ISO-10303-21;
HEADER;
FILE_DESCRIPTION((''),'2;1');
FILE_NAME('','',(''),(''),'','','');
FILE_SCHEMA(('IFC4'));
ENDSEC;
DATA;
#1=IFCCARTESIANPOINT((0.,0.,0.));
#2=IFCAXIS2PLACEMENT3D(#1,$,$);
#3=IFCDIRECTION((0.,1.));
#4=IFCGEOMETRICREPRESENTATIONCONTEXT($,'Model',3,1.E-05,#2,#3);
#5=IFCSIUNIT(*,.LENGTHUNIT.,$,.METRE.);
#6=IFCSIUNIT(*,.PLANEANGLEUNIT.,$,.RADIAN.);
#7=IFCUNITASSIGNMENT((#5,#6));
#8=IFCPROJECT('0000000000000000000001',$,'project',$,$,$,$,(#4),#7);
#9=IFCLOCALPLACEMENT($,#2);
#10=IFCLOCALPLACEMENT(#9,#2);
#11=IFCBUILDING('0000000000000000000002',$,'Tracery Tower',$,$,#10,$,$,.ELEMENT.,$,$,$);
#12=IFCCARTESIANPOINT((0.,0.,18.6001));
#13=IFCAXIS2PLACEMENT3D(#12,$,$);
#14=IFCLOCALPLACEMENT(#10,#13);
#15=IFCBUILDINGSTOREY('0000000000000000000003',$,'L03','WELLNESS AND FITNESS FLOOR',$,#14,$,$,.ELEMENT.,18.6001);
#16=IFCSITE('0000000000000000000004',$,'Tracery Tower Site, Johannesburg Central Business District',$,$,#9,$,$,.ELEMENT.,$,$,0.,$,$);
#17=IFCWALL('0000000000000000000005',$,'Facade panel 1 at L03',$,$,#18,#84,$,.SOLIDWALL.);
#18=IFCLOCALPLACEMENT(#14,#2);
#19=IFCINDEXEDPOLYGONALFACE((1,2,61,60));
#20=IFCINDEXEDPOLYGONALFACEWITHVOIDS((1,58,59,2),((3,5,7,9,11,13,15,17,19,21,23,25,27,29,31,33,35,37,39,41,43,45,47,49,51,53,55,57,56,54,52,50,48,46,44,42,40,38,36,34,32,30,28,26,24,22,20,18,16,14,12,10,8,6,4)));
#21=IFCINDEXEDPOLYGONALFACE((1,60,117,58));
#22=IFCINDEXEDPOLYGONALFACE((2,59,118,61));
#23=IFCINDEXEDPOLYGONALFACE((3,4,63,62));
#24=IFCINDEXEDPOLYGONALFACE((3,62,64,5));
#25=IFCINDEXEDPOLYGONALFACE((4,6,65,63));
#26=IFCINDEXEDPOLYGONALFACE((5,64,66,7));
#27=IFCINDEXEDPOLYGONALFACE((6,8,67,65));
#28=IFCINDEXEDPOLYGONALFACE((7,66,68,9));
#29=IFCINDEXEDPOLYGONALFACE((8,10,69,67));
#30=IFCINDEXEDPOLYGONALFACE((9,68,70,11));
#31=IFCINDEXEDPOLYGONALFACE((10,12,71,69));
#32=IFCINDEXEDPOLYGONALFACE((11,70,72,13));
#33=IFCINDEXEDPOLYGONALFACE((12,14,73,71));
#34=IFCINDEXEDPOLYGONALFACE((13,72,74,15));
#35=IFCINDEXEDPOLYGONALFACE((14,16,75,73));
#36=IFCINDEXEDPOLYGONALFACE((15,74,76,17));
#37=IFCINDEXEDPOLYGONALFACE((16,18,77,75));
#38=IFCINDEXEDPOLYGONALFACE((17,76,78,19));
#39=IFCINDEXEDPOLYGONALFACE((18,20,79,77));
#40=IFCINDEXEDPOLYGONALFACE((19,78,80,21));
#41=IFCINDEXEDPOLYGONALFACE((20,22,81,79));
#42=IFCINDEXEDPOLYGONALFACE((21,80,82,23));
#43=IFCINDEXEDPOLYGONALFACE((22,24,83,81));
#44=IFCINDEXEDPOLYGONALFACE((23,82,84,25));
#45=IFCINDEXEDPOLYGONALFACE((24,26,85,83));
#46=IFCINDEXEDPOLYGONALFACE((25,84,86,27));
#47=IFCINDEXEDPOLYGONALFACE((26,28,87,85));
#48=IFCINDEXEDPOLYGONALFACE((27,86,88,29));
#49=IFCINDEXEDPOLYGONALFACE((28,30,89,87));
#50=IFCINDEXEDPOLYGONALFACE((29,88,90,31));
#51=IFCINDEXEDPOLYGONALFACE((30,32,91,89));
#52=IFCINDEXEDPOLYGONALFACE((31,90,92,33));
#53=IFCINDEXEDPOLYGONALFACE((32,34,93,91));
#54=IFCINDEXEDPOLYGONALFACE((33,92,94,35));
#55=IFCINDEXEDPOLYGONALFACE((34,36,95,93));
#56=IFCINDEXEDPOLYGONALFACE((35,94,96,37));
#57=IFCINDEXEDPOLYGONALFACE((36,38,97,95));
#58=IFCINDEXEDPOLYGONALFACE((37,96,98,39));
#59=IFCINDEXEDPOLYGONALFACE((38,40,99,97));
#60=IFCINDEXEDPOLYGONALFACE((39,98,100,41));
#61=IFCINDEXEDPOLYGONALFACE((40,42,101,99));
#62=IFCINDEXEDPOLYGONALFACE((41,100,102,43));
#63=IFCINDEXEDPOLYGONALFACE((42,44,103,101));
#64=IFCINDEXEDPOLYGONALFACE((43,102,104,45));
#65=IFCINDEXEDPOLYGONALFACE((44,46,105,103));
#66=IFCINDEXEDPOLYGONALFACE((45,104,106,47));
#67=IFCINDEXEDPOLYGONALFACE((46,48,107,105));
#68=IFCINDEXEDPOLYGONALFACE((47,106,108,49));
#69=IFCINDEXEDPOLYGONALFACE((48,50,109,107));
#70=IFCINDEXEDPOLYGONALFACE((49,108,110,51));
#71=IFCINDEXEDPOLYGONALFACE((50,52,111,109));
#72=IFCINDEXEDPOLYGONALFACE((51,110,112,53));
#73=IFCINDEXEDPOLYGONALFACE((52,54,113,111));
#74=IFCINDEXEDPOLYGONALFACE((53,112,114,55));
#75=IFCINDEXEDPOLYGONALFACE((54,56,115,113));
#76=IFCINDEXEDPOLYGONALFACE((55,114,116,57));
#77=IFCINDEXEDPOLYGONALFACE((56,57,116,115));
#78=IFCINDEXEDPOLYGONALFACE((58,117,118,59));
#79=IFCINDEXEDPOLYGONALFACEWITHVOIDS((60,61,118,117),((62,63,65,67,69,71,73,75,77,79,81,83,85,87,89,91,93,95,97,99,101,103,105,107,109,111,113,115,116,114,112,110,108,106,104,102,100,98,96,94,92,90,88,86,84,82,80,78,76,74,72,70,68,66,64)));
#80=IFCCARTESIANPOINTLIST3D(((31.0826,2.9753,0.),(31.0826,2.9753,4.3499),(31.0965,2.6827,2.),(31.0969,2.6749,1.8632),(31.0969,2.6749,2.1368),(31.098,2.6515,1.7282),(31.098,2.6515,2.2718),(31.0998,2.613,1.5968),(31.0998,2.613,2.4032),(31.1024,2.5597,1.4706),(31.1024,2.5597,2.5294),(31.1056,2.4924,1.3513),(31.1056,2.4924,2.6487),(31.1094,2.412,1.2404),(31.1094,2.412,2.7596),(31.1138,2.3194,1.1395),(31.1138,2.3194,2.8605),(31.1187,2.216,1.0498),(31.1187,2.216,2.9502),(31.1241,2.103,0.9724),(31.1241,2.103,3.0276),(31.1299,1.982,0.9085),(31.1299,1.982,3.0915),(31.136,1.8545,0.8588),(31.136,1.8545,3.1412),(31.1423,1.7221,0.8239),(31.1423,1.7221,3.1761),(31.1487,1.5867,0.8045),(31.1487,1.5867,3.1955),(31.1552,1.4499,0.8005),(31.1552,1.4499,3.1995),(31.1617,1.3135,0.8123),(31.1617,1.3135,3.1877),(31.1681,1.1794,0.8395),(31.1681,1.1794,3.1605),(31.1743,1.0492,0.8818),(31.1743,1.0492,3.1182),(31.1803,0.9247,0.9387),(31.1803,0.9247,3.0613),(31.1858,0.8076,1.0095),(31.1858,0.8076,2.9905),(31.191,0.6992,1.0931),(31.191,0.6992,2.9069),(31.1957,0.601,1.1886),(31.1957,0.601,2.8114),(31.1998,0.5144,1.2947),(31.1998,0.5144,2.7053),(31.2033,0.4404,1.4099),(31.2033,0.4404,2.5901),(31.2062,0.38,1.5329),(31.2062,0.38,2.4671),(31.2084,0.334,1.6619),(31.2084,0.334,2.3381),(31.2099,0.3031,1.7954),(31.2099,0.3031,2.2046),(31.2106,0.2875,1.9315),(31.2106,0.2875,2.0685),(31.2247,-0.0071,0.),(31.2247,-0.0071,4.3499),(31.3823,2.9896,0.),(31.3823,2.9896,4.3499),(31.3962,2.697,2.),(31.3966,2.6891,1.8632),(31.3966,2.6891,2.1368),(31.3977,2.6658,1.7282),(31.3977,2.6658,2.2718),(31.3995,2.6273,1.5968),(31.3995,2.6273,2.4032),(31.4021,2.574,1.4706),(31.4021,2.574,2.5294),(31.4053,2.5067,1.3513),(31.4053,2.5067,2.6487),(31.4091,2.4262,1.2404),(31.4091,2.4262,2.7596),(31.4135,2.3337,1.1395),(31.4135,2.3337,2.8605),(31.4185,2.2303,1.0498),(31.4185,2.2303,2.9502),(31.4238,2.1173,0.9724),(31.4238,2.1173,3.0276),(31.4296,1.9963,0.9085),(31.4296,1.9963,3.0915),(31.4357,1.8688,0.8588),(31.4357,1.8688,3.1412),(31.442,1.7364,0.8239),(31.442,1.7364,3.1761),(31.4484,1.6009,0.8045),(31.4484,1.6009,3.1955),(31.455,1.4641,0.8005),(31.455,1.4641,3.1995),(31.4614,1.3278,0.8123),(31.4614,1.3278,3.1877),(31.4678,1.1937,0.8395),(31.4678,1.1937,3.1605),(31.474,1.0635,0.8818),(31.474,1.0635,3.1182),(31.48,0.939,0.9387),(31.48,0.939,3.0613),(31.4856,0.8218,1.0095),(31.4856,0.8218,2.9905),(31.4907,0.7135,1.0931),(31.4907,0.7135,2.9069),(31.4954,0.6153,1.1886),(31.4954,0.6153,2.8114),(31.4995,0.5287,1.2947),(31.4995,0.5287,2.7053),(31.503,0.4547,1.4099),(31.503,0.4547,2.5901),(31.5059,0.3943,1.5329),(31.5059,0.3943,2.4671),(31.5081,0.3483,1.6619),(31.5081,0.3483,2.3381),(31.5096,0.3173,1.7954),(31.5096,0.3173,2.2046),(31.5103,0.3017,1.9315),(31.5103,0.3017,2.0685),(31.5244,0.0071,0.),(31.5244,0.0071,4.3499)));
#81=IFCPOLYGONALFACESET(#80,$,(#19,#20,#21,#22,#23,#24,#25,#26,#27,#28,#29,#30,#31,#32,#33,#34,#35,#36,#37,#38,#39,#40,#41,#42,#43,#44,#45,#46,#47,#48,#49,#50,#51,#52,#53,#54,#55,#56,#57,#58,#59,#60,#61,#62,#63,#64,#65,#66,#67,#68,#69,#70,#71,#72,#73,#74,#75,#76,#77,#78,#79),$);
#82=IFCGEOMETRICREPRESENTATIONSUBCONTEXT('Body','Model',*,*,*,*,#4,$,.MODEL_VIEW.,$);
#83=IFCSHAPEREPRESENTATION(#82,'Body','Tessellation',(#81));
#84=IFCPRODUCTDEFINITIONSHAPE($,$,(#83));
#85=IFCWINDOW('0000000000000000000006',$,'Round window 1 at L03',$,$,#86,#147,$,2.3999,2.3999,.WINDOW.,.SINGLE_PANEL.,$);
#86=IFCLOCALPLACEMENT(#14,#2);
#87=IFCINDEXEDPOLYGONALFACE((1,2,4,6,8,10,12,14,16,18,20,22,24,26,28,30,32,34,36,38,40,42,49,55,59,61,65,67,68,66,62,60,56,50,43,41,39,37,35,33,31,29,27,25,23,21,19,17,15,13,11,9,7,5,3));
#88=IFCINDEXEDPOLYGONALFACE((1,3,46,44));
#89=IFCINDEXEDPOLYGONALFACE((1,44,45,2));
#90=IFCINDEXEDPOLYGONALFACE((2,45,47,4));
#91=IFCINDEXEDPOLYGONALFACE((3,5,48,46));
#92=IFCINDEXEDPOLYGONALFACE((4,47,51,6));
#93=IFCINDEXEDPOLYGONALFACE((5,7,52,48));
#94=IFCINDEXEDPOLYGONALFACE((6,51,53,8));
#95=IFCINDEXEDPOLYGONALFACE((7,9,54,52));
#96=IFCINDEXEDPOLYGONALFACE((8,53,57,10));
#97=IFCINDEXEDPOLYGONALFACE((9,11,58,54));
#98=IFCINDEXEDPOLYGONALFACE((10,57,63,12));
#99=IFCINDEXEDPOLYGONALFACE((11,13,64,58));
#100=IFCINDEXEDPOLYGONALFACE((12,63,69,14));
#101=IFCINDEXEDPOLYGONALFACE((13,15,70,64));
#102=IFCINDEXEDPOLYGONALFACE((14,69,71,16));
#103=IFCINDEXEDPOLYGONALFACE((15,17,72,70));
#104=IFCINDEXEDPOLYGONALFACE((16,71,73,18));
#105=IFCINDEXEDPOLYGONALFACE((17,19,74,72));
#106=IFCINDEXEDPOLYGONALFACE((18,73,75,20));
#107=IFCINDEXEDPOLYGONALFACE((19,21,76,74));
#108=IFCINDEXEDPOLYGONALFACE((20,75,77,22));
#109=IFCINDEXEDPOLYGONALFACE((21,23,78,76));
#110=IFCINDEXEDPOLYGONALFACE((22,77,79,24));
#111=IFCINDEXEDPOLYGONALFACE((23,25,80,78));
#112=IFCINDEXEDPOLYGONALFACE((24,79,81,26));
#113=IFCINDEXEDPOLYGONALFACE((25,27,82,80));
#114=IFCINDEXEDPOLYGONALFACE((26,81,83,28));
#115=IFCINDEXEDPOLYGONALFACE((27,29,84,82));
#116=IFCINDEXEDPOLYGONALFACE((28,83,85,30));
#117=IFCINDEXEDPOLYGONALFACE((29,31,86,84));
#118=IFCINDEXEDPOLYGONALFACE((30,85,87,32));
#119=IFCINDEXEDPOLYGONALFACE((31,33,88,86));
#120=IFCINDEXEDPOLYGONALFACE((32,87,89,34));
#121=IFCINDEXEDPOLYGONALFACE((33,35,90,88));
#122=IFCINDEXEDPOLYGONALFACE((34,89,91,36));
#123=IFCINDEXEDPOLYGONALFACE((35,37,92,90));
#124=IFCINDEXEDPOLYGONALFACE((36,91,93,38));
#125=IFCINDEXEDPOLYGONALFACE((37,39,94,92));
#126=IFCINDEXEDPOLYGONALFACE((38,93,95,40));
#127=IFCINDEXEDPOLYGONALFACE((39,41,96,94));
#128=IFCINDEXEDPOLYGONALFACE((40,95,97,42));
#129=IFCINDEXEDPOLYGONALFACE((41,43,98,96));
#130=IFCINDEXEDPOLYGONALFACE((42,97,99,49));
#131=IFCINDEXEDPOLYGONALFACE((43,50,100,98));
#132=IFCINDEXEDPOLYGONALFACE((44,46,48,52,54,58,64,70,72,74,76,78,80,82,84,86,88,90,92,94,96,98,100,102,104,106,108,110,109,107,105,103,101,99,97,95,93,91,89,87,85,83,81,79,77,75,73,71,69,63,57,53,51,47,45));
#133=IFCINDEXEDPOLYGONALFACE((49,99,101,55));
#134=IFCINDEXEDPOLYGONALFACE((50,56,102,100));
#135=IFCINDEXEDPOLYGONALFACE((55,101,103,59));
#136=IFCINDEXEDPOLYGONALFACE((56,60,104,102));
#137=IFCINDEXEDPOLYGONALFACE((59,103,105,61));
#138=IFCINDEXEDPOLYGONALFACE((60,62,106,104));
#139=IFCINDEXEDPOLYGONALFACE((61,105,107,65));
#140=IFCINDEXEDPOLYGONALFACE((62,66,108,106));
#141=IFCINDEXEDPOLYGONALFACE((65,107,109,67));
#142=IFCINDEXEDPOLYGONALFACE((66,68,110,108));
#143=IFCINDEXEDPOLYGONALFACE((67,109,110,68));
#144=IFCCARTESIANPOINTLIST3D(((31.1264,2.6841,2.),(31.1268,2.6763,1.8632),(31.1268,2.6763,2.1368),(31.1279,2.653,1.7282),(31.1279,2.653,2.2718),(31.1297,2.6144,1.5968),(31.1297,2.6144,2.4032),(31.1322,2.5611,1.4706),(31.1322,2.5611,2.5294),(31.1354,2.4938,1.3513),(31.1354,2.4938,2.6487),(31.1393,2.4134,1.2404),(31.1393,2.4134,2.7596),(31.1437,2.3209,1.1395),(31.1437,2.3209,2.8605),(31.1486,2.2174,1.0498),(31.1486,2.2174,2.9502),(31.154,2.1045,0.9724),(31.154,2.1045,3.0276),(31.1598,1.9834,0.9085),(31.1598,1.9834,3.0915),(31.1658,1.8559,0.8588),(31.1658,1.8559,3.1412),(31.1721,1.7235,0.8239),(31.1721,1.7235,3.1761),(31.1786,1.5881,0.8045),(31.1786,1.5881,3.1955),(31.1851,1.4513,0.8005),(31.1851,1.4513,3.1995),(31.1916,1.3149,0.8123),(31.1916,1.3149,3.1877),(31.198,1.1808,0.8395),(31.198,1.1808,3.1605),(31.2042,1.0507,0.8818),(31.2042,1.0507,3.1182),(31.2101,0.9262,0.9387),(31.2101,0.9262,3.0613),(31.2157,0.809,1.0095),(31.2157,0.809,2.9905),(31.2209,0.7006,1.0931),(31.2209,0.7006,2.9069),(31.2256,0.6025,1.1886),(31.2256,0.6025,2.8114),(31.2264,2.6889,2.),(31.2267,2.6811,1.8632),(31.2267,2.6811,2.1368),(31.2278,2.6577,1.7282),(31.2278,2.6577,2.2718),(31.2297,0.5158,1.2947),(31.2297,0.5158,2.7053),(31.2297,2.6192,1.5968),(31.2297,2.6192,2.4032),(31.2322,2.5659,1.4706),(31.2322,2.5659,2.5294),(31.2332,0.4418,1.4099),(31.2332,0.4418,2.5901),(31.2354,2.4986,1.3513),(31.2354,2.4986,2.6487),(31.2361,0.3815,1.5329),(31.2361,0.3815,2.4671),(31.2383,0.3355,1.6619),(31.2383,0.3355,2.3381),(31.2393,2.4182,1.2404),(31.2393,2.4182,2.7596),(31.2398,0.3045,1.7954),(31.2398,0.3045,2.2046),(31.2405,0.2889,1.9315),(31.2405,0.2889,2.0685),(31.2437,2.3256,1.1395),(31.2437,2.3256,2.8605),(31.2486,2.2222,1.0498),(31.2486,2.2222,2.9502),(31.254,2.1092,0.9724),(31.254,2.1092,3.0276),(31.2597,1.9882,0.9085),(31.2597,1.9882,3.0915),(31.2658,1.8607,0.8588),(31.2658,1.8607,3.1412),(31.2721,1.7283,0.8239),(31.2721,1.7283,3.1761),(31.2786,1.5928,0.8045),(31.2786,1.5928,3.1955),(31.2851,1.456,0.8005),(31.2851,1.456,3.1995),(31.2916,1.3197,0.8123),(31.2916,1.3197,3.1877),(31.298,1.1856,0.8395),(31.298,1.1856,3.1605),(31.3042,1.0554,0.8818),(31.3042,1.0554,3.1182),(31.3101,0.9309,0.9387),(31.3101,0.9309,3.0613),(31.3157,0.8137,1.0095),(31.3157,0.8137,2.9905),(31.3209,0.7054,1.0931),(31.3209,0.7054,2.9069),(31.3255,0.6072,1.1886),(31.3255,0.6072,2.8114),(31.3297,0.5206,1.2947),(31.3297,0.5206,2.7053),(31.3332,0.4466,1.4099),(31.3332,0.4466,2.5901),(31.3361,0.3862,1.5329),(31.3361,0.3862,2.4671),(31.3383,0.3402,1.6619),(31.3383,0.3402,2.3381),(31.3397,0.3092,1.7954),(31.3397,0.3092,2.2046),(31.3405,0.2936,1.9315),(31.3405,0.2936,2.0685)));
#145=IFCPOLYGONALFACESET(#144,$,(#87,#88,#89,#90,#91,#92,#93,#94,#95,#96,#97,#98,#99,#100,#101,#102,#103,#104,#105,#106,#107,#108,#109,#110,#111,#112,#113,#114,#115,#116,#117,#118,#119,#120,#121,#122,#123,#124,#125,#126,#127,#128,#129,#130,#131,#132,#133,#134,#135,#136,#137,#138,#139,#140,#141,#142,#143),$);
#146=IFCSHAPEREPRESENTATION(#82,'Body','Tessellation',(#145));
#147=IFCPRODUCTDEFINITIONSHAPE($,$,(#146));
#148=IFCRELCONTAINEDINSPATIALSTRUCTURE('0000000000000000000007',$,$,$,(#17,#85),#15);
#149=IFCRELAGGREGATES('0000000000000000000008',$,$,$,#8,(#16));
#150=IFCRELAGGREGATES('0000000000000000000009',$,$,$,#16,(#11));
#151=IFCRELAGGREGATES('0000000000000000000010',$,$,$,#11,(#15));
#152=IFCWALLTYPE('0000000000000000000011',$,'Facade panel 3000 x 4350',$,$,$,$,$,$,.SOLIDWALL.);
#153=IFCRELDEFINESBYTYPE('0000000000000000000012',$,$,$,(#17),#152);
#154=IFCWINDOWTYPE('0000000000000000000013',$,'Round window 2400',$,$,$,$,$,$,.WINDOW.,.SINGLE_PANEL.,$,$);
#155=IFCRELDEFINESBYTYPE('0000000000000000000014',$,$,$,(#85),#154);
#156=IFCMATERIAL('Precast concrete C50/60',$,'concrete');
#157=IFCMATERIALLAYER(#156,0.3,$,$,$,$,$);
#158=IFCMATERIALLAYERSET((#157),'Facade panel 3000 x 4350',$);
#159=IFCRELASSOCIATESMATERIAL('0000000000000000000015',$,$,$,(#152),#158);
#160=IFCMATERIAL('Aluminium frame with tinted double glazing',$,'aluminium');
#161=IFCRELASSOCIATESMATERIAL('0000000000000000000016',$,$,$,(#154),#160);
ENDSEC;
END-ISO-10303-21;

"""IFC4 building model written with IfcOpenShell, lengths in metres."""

from ifc_helpers import new_model, si_unit, direction, frame, frame_2d, origin, origin_2d, place, context, subcontext, project, spatial, rectangle, circle, extrude, material, layer, layer_set, type_object, element, fill, save


model = new_model("IFC4")

# Units and contexts
model_context = context("Model", 3, precision=1e-05, world=origin(), true_north=direction((0.0, 1.0)))
body_context = subcontext(model_context, "Body", "Model", "MODEL_VIEW")
ifc_project = project(units=[si_unit("LENGTHUNIT", "METRE"), si_unit("PLANEANGLEUNIT", "RADIAN")], contexts=[model_context])

# Site, building, storey
site_placement = place(None, origin())
site = spatial("IfcSite", under=ifc_project, at=site_placement, Name="Tracery Tower Site, Johannesburg Central Business District", CompositionType="ELEMENT", RefElevation=0.0)
building_placement = place(site_placement, origin())
building = spatial("IfcBuilding", under=site, at=building_placement, Name="Tracery Tower", CompositionType="ELEMENT")
storey_placement = place(building_placement, frame((0.0, 0.0, 18.6001)))
storey = spatial("IfcBuildingStorey", under=building, at=storey_placement, Name="L03", Description="WELLNESS AND FITNESS FLOOR", CompositionType="ELEMENT", Elevation=18.6001)

# Wall, opening, window
ifc_material_1 = material(Name="Precast concrete C50/60", Category="concrete")
ifc_layer_1 = layer(ifc_material_1, 0.3)
ifc_layer_set_1 = layer_set([ifc_layer_1], Name="Facade panel 3000 x 4350")
wall_type_1 = type_object("IfcWallType", Name="Facade panel 3000 x 4350", PredefinedType="SOLIDWALL", material=ifc_layer_set_1)
wall_1_placement = place(storey_placement, frame((31.3745, 0.0, 0.0), z_axis=(0.0, 0.0, 1.0), x_axis=(-0.047588, 0.998867, 0.0)))
wall_1 = element("IfcWall", 1, at=wall_1_placement, inside=storey, type_object=wall_type_1, Name="Facade panel 1 at L03", PredefinedType="SOLIDWALL", context=body_context, shape_type="SweptSolid", body=[
    extrude(rectangle(XDim=2.9858, YDim=0.3, at=frame_2d((1.4929, 0.0))), origin(), (0.0, 0.0, 1.0), 4.3499),
])
opening_1_placement = place(wall_1_placement, frame((1.4929, 0.0, 2.0)))
opening_1 = element("IfcOpeningElement", 2, at=opening_1_placement, cuts=wall_1, PredefinedType="OPENING", context=body_context, shape_type="SweptSolid", body=[
    extrude(circle(Radius=1.2, at=origin_2d()), frame((0.0, 0.1599, 0.0), z_axis=(0.0, -1.0, 0.0), x_axis=(1.0, 0.0, 0.0)), (0.0, 0.0, 1.0), 0.3201),
])
ifc_material_2 = material(Name="Aluminium frame with tinted double glazing", Category="aluminium")
window_type = type_object("IfcWindowType", Name="Round window 2400", PartitioningType="SINGLE_PANEL", PredefinedType="WINDOW", material=ifc_material_2)
window_1_placement = place(opening_1_placement, origin())
window_1 = element("IfcWindow", 3, at=window_1_placement, inside=storey, type_object=window_type, Name="Round window 1 at L03", OverallHeight=2.3999, OverallWidth=2.3999, PartitioningType="SINGLE_PANEL", PredefinedType="WINDOW", context=body_context, shape_type="SweptSolid", body=[
    extrude(circle(Radius=1.2, at=origin_2d()), frame((0.0, 0.1201, 0.0), z_axis=(0.0, -1.0, 0.0), x_axis=(1.0, 0.0, 0.0)), (0.0, 0.0, 1.0), 0.1001),
])
fill(opening_1, window_1)

save(model, "model.ifc")
